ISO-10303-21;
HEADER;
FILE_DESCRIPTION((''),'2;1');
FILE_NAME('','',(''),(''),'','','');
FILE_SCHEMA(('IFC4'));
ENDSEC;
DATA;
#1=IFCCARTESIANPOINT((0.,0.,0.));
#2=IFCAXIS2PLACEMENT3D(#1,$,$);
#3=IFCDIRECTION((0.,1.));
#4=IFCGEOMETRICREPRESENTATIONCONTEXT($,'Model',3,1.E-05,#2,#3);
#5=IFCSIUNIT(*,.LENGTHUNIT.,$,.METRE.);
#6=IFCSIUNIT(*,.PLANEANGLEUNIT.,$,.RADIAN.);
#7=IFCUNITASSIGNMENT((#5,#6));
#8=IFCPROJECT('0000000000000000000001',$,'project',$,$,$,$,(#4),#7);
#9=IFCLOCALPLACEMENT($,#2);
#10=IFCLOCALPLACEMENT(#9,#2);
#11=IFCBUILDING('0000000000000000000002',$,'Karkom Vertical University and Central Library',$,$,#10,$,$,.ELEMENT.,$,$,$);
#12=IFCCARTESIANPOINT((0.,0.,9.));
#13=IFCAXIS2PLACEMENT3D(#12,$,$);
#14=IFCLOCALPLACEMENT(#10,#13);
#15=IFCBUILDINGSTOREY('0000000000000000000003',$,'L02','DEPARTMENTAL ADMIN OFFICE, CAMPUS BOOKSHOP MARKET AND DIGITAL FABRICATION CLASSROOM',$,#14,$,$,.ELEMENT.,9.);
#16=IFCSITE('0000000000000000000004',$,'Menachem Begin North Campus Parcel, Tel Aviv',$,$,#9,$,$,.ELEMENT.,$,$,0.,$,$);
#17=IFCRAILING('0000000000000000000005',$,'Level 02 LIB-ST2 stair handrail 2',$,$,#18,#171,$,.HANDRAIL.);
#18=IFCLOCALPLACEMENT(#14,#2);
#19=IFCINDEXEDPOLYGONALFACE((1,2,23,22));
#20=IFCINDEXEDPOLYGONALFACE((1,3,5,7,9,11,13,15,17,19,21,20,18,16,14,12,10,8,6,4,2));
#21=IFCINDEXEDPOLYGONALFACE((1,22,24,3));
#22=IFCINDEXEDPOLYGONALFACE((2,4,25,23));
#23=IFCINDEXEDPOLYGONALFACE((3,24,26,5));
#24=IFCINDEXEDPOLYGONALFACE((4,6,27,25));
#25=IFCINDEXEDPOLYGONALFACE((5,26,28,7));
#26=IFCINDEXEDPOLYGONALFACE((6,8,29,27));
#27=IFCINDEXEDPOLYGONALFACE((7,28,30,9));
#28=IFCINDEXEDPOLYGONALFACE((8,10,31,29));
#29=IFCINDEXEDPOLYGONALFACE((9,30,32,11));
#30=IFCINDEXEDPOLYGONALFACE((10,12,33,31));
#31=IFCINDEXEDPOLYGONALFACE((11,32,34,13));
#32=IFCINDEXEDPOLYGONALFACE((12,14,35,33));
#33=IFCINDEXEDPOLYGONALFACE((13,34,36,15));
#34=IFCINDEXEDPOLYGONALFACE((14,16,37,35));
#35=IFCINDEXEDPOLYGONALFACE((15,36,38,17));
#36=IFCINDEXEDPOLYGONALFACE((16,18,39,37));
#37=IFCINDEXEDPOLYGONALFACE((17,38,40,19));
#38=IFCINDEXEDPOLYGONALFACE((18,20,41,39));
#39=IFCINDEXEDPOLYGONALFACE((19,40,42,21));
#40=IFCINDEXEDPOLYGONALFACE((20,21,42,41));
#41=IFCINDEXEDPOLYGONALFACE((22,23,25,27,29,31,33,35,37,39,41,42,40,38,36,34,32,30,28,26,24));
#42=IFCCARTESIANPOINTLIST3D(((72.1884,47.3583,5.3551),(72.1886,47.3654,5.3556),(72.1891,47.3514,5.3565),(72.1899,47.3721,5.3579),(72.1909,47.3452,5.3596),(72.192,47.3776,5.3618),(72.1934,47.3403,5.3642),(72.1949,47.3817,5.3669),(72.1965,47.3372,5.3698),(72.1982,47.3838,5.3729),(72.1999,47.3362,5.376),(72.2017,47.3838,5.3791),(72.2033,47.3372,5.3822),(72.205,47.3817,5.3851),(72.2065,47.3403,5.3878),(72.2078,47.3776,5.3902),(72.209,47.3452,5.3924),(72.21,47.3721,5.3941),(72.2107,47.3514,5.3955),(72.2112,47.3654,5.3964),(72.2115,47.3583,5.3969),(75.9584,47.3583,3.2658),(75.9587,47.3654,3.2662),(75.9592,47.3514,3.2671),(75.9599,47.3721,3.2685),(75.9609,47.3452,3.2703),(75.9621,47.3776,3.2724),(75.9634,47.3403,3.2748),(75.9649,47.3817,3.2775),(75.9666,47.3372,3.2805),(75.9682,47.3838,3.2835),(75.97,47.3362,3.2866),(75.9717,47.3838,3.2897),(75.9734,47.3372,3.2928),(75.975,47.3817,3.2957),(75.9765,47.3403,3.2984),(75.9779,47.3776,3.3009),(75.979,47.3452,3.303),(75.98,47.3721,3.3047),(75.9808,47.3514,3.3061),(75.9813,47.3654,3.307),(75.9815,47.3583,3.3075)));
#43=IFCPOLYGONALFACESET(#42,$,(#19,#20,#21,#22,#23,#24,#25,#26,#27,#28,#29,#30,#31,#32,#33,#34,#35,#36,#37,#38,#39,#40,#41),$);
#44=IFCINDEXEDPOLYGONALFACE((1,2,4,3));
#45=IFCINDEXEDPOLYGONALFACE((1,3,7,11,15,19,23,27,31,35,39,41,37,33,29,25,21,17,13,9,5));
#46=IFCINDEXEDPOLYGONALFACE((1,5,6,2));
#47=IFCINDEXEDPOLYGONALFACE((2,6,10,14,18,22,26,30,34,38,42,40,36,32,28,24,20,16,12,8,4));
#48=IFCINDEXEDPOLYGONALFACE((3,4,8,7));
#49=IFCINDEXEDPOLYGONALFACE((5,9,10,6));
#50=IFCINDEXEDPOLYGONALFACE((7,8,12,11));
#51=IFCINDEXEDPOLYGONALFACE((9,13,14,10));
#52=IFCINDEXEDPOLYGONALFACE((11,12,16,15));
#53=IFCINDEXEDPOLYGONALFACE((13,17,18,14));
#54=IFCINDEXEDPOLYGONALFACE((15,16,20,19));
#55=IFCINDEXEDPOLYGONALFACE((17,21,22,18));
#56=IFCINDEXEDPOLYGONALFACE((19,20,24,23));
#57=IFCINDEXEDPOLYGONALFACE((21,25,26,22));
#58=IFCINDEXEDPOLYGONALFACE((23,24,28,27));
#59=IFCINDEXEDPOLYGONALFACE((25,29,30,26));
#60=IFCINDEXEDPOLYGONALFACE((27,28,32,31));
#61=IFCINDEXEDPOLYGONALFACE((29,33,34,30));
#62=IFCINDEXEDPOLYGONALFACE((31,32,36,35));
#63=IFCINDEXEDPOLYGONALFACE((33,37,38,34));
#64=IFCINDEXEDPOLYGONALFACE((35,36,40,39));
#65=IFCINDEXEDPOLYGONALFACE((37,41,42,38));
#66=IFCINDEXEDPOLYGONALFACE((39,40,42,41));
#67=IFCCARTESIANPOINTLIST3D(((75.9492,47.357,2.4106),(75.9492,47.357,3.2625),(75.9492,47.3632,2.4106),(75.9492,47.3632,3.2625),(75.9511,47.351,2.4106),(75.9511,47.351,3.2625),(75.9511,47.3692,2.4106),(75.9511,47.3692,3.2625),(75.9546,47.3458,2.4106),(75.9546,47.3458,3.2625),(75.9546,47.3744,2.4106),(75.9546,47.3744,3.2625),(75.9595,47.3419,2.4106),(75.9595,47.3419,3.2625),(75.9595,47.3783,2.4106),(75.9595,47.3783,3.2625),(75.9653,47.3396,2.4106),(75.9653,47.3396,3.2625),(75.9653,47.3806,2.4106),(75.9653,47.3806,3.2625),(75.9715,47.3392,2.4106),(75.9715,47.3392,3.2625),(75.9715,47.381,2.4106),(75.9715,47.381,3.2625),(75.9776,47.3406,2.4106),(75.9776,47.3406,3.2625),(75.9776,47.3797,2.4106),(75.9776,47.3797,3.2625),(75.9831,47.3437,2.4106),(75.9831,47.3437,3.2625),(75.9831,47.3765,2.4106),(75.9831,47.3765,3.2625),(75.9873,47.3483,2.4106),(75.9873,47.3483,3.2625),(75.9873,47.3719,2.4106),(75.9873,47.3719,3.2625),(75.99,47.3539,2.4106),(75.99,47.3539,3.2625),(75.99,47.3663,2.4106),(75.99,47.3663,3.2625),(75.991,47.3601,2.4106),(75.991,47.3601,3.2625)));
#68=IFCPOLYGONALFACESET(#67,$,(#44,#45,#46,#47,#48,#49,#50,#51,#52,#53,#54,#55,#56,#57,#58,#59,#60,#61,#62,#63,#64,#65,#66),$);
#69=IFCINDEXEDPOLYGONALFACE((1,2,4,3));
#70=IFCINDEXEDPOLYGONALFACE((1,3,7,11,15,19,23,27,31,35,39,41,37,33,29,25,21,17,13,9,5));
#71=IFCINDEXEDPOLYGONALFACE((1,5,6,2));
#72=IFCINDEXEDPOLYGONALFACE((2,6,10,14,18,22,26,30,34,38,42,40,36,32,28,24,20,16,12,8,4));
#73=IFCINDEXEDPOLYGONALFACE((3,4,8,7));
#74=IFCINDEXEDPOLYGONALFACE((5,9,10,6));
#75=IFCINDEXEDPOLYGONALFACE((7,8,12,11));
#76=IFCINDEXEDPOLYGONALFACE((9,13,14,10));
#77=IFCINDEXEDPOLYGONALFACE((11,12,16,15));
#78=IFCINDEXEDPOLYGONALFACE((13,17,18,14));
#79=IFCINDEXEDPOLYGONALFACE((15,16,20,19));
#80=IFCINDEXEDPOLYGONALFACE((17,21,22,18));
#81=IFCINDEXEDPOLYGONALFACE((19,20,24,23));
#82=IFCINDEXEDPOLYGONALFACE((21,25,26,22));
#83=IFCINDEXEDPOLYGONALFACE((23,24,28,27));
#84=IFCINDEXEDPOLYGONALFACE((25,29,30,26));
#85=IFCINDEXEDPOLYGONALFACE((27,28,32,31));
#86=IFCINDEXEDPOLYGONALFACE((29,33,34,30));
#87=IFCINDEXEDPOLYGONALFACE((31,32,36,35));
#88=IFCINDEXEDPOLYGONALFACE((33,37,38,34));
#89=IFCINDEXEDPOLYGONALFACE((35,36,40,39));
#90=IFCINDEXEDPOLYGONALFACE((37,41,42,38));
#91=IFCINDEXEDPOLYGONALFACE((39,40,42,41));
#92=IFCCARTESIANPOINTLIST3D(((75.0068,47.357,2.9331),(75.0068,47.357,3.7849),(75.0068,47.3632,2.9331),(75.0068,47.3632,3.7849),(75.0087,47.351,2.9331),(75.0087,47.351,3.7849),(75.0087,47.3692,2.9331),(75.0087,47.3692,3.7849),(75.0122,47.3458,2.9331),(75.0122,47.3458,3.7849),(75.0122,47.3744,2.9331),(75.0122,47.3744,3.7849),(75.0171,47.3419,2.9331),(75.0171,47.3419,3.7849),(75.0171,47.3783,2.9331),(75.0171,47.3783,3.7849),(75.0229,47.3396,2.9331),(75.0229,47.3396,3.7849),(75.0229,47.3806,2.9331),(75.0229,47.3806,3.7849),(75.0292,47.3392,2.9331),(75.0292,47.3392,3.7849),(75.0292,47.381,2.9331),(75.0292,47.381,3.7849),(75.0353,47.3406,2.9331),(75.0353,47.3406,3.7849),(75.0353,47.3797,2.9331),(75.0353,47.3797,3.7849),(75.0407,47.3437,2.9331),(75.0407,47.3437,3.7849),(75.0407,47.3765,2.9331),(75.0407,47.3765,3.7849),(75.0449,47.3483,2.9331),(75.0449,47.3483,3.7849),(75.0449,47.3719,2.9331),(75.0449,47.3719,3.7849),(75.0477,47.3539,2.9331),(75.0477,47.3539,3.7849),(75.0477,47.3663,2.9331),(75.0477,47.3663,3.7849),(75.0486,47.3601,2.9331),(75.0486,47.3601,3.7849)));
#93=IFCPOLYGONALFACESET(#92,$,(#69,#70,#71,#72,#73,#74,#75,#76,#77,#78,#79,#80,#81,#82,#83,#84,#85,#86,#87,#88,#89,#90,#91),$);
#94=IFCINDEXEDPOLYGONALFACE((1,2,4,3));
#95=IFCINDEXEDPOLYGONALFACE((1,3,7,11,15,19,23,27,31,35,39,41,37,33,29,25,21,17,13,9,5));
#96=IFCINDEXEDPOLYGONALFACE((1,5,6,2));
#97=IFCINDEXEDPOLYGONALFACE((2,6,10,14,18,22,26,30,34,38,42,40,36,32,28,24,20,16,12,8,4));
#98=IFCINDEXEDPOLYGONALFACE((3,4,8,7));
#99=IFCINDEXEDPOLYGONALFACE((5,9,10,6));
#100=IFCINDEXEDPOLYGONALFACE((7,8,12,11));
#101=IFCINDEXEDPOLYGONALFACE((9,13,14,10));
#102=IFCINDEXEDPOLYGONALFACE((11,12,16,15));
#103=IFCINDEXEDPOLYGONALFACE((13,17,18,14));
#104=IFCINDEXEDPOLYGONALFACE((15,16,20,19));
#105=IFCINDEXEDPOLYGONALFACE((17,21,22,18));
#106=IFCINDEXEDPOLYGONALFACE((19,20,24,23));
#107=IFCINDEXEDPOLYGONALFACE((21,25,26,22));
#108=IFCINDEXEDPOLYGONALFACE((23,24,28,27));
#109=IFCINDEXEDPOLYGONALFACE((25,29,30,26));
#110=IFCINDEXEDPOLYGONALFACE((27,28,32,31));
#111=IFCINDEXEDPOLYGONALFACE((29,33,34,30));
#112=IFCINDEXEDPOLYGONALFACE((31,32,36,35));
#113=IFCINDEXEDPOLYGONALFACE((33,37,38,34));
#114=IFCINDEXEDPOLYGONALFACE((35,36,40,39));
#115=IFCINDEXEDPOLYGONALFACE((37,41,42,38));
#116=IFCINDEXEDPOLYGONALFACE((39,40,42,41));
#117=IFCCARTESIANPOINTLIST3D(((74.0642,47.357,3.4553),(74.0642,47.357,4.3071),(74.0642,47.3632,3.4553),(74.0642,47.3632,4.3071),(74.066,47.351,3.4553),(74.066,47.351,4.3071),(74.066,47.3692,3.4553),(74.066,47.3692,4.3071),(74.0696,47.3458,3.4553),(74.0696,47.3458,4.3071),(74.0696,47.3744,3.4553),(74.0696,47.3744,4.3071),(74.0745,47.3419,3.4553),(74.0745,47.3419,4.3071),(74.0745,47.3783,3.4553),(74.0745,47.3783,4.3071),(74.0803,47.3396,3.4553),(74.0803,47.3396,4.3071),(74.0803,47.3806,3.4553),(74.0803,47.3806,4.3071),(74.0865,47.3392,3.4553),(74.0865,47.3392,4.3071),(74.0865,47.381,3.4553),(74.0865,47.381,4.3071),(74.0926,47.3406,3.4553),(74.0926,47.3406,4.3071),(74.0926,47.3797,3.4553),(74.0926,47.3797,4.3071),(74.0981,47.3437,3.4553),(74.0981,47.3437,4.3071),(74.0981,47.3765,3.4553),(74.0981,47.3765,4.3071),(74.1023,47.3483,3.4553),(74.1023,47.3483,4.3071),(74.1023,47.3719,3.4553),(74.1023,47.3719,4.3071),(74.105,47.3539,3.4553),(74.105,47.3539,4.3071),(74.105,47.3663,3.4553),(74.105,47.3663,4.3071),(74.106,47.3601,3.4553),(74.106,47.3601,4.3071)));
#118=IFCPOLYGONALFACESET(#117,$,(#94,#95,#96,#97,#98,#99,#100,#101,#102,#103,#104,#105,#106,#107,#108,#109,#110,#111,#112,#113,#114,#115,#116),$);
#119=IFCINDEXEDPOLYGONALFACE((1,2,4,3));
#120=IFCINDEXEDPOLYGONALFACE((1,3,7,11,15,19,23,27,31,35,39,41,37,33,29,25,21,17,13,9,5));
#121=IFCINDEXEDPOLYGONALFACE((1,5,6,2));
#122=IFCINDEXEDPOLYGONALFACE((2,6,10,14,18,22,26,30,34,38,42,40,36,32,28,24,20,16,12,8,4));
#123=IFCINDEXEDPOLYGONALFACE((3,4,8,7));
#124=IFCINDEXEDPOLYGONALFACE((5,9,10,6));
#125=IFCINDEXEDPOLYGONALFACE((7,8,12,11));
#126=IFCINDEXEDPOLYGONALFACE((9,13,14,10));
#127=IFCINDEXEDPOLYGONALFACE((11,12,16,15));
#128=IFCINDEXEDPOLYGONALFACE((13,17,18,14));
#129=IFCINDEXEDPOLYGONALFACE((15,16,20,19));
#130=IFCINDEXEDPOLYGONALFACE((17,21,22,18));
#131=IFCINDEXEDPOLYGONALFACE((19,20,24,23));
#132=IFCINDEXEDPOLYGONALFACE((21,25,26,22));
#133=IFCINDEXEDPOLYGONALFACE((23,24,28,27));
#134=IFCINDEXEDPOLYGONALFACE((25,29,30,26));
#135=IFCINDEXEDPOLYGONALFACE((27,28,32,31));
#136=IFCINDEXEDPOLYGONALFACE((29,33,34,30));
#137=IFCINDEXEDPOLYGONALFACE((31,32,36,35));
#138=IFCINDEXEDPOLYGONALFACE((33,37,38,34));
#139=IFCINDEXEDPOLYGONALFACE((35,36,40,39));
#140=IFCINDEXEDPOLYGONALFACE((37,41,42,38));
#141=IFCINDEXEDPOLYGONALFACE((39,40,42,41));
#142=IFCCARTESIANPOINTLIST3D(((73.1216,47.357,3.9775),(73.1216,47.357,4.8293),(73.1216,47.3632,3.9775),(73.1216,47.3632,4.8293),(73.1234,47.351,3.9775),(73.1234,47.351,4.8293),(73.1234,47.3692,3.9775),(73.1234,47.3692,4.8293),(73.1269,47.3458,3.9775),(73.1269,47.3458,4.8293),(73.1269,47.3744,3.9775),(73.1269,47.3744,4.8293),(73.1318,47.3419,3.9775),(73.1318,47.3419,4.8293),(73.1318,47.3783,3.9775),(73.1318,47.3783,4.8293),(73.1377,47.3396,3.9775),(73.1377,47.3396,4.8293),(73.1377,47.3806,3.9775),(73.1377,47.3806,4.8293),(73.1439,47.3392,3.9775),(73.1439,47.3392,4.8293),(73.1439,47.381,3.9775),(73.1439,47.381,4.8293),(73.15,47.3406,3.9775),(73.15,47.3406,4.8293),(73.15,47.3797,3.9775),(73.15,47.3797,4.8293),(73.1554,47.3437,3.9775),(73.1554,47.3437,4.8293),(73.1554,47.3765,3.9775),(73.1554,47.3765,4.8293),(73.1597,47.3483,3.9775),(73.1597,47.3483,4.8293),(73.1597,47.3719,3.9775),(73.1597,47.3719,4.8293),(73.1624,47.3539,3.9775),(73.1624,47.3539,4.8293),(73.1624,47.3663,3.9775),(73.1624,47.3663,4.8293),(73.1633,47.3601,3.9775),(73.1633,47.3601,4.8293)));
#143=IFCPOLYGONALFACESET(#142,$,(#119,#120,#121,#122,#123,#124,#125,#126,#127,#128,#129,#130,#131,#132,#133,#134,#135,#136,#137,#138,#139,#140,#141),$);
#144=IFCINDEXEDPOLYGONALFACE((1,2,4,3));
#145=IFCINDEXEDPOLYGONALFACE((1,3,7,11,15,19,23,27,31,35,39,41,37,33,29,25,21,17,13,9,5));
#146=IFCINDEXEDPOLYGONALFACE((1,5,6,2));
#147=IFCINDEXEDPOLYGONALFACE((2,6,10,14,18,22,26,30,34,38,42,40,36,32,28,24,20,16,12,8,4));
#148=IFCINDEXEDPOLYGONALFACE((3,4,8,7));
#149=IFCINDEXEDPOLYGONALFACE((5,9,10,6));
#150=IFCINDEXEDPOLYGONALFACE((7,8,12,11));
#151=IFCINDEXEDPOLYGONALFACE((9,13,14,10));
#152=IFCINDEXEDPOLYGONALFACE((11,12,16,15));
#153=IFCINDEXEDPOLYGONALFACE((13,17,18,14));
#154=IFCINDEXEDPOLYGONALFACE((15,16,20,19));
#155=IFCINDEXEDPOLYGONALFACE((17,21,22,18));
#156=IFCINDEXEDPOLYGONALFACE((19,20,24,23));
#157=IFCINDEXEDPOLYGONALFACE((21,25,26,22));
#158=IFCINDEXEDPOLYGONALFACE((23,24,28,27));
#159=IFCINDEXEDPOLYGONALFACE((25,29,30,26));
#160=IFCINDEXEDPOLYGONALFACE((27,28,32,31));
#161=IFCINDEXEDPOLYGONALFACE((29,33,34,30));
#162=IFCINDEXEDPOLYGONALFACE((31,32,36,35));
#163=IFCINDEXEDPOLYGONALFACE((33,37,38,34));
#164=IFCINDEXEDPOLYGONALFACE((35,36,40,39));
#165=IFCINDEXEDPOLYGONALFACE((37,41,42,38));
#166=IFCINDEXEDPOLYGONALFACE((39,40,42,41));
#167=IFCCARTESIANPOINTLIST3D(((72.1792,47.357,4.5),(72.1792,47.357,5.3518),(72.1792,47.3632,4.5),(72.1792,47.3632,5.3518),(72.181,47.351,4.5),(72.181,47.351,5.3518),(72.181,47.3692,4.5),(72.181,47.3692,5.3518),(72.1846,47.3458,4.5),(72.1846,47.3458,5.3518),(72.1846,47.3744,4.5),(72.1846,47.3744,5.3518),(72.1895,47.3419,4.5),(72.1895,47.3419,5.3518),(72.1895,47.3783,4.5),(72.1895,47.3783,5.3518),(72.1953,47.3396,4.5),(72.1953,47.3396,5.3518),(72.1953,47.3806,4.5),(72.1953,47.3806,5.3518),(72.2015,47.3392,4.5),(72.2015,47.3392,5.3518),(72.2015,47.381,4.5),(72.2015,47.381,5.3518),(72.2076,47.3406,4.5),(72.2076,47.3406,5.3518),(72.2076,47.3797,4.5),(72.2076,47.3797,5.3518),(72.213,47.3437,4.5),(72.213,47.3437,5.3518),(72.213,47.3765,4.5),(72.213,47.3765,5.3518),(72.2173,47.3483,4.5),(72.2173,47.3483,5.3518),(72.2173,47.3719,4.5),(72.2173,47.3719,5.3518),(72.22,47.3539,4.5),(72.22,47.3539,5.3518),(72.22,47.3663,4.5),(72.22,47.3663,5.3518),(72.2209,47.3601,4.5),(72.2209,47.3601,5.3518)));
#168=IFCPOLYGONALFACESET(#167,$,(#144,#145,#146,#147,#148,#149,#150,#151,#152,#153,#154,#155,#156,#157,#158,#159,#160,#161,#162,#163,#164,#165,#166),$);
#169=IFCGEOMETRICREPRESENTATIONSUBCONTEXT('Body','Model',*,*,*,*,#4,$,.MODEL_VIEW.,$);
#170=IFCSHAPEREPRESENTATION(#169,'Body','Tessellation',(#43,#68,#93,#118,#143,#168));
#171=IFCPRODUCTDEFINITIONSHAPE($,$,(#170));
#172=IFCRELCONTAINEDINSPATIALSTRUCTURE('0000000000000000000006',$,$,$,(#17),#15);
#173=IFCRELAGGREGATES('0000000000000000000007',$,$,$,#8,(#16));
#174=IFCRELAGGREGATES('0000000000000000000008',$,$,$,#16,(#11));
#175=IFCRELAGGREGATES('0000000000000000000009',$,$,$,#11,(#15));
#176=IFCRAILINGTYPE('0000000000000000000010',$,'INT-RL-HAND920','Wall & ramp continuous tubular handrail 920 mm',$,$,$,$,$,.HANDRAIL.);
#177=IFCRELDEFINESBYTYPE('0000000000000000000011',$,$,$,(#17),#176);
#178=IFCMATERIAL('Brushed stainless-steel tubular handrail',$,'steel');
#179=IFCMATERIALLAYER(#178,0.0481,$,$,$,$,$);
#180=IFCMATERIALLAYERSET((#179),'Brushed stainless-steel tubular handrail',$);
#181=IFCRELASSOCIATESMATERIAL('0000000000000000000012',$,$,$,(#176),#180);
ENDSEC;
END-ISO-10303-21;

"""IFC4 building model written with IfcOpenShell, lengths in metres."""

from ifc_helpers import new_model, si_unit, direction, frame, origin, origin_2d, place, context, subcontext, project, spatial, circle, extrude, material, layer, layer_set, type_object, element, save


model = new_model("IFC4")

# Units and contexts
model_context = context("Model", 3, precision=1e-05, world=origin(), true_north=direction((0.0, 1.0)))
body_context = subcontext(model_context, "Body", "Model", "MODEL_VIEW")
ifc_project = project(units=[si_unit("LENGTHUNIT", "METRE"), si_unit("PLANEANGLEUNIT", "RADIAN")], contexts=[model_context])

# Site, building, storey
site_placement = place(None, origin())
site = spatial("IfcSite", under=ifc_project, at=site_placement, Name="Menachem Begin North Campus Parcel, Tel Aviv", CompositionType="ELEMENT", RefElevation=0.0)
building_placement = place(site_placement, origin())
building = spatial("IfcBuilding", under=site, at=building_placement, Name="Karkom Vertical University and Central Library", CompositionType="ELEMENT")
storey_placement = place(building_placement, frame((0.0, 0.0, 9.0)))
storey = spatial("IfcBuildingStorey", under=building, at=storey_placement, Name="L02", Description="DEPARTMENTAL ADMIN OFFICE, CAMPUS BOOKSHOP MARKET AND DIGITAL FABRICATION CLASSROOM", CompositionType="ELEMENT", Elevation=9.0)

# Railing
ifc_material_1 = material(Name="Brushed stainless-steel tubular handrail", Category="steel")
ifc_layer_1 = layer(ifc_material_1, 0.0481)
ifc_layer_set_1 = layer_set([ifc_layer_1], Name="Brushed stainless-steel tubular handrail")
railing_type_1 = type_object("IfcRailingType", Name="INT-RL-HAND920", Description="Wall & ramp continuous tubular handrail 920 mm", PredefinedType="HANDRAIL", material=ifc_layer_set_1)
railing_1_placement = place(storey_placement, frame((75.97, 47.3601, 2.4106)))
element("IfcRailing", 1, at=railing_1_placement, inside=storey, type_object=railing_type_1, Name="Level 02 LIB-ST2 stair handrail 2", PredefinedType="HANDRAIL", context=body_context, shape_type="SweptSolid", body=[
    extrude(circle(Radius=0.0239, at=origin_2d()), frame((0.0, 0.0, 0.876), z_axis=(-0.874659, 0.0, 0.484739), x_axis=(0.0, -1.0, 0.0)), (0.0, 0.0, 1.0), 4.3103),
    extrude(circle(Radius=0.021, at=origin_2d()), origin(), (0.0, 0.0, 1.0), 0.8518),
    extrude(circle(Radius=0.021, at=origin_2d()), frame((-0.9424, 0.0, 0.5225)), (0.0, 0.0, 1.0), 0.8518),
    extrude(circle(Radius=0.021, at=origin_2d()), frame((-1.885, 0.0, 1.0447)), (0.0, 0.0, 1.0), 0.8518),
    extrude(circle(Radius=0.021, at=origin_2d()), frame((-2.8276, 0.0, 1.5669)), (0.0, 0.0, 1.0), 0.8518),
    extrude(circle(Radius=0.021, at=origin_2d()), frame((-3.77, 0.0, 2.0894)), (0.0, 0.0, 1.0), 0.8518),
])

save(model, "model.ifc")
